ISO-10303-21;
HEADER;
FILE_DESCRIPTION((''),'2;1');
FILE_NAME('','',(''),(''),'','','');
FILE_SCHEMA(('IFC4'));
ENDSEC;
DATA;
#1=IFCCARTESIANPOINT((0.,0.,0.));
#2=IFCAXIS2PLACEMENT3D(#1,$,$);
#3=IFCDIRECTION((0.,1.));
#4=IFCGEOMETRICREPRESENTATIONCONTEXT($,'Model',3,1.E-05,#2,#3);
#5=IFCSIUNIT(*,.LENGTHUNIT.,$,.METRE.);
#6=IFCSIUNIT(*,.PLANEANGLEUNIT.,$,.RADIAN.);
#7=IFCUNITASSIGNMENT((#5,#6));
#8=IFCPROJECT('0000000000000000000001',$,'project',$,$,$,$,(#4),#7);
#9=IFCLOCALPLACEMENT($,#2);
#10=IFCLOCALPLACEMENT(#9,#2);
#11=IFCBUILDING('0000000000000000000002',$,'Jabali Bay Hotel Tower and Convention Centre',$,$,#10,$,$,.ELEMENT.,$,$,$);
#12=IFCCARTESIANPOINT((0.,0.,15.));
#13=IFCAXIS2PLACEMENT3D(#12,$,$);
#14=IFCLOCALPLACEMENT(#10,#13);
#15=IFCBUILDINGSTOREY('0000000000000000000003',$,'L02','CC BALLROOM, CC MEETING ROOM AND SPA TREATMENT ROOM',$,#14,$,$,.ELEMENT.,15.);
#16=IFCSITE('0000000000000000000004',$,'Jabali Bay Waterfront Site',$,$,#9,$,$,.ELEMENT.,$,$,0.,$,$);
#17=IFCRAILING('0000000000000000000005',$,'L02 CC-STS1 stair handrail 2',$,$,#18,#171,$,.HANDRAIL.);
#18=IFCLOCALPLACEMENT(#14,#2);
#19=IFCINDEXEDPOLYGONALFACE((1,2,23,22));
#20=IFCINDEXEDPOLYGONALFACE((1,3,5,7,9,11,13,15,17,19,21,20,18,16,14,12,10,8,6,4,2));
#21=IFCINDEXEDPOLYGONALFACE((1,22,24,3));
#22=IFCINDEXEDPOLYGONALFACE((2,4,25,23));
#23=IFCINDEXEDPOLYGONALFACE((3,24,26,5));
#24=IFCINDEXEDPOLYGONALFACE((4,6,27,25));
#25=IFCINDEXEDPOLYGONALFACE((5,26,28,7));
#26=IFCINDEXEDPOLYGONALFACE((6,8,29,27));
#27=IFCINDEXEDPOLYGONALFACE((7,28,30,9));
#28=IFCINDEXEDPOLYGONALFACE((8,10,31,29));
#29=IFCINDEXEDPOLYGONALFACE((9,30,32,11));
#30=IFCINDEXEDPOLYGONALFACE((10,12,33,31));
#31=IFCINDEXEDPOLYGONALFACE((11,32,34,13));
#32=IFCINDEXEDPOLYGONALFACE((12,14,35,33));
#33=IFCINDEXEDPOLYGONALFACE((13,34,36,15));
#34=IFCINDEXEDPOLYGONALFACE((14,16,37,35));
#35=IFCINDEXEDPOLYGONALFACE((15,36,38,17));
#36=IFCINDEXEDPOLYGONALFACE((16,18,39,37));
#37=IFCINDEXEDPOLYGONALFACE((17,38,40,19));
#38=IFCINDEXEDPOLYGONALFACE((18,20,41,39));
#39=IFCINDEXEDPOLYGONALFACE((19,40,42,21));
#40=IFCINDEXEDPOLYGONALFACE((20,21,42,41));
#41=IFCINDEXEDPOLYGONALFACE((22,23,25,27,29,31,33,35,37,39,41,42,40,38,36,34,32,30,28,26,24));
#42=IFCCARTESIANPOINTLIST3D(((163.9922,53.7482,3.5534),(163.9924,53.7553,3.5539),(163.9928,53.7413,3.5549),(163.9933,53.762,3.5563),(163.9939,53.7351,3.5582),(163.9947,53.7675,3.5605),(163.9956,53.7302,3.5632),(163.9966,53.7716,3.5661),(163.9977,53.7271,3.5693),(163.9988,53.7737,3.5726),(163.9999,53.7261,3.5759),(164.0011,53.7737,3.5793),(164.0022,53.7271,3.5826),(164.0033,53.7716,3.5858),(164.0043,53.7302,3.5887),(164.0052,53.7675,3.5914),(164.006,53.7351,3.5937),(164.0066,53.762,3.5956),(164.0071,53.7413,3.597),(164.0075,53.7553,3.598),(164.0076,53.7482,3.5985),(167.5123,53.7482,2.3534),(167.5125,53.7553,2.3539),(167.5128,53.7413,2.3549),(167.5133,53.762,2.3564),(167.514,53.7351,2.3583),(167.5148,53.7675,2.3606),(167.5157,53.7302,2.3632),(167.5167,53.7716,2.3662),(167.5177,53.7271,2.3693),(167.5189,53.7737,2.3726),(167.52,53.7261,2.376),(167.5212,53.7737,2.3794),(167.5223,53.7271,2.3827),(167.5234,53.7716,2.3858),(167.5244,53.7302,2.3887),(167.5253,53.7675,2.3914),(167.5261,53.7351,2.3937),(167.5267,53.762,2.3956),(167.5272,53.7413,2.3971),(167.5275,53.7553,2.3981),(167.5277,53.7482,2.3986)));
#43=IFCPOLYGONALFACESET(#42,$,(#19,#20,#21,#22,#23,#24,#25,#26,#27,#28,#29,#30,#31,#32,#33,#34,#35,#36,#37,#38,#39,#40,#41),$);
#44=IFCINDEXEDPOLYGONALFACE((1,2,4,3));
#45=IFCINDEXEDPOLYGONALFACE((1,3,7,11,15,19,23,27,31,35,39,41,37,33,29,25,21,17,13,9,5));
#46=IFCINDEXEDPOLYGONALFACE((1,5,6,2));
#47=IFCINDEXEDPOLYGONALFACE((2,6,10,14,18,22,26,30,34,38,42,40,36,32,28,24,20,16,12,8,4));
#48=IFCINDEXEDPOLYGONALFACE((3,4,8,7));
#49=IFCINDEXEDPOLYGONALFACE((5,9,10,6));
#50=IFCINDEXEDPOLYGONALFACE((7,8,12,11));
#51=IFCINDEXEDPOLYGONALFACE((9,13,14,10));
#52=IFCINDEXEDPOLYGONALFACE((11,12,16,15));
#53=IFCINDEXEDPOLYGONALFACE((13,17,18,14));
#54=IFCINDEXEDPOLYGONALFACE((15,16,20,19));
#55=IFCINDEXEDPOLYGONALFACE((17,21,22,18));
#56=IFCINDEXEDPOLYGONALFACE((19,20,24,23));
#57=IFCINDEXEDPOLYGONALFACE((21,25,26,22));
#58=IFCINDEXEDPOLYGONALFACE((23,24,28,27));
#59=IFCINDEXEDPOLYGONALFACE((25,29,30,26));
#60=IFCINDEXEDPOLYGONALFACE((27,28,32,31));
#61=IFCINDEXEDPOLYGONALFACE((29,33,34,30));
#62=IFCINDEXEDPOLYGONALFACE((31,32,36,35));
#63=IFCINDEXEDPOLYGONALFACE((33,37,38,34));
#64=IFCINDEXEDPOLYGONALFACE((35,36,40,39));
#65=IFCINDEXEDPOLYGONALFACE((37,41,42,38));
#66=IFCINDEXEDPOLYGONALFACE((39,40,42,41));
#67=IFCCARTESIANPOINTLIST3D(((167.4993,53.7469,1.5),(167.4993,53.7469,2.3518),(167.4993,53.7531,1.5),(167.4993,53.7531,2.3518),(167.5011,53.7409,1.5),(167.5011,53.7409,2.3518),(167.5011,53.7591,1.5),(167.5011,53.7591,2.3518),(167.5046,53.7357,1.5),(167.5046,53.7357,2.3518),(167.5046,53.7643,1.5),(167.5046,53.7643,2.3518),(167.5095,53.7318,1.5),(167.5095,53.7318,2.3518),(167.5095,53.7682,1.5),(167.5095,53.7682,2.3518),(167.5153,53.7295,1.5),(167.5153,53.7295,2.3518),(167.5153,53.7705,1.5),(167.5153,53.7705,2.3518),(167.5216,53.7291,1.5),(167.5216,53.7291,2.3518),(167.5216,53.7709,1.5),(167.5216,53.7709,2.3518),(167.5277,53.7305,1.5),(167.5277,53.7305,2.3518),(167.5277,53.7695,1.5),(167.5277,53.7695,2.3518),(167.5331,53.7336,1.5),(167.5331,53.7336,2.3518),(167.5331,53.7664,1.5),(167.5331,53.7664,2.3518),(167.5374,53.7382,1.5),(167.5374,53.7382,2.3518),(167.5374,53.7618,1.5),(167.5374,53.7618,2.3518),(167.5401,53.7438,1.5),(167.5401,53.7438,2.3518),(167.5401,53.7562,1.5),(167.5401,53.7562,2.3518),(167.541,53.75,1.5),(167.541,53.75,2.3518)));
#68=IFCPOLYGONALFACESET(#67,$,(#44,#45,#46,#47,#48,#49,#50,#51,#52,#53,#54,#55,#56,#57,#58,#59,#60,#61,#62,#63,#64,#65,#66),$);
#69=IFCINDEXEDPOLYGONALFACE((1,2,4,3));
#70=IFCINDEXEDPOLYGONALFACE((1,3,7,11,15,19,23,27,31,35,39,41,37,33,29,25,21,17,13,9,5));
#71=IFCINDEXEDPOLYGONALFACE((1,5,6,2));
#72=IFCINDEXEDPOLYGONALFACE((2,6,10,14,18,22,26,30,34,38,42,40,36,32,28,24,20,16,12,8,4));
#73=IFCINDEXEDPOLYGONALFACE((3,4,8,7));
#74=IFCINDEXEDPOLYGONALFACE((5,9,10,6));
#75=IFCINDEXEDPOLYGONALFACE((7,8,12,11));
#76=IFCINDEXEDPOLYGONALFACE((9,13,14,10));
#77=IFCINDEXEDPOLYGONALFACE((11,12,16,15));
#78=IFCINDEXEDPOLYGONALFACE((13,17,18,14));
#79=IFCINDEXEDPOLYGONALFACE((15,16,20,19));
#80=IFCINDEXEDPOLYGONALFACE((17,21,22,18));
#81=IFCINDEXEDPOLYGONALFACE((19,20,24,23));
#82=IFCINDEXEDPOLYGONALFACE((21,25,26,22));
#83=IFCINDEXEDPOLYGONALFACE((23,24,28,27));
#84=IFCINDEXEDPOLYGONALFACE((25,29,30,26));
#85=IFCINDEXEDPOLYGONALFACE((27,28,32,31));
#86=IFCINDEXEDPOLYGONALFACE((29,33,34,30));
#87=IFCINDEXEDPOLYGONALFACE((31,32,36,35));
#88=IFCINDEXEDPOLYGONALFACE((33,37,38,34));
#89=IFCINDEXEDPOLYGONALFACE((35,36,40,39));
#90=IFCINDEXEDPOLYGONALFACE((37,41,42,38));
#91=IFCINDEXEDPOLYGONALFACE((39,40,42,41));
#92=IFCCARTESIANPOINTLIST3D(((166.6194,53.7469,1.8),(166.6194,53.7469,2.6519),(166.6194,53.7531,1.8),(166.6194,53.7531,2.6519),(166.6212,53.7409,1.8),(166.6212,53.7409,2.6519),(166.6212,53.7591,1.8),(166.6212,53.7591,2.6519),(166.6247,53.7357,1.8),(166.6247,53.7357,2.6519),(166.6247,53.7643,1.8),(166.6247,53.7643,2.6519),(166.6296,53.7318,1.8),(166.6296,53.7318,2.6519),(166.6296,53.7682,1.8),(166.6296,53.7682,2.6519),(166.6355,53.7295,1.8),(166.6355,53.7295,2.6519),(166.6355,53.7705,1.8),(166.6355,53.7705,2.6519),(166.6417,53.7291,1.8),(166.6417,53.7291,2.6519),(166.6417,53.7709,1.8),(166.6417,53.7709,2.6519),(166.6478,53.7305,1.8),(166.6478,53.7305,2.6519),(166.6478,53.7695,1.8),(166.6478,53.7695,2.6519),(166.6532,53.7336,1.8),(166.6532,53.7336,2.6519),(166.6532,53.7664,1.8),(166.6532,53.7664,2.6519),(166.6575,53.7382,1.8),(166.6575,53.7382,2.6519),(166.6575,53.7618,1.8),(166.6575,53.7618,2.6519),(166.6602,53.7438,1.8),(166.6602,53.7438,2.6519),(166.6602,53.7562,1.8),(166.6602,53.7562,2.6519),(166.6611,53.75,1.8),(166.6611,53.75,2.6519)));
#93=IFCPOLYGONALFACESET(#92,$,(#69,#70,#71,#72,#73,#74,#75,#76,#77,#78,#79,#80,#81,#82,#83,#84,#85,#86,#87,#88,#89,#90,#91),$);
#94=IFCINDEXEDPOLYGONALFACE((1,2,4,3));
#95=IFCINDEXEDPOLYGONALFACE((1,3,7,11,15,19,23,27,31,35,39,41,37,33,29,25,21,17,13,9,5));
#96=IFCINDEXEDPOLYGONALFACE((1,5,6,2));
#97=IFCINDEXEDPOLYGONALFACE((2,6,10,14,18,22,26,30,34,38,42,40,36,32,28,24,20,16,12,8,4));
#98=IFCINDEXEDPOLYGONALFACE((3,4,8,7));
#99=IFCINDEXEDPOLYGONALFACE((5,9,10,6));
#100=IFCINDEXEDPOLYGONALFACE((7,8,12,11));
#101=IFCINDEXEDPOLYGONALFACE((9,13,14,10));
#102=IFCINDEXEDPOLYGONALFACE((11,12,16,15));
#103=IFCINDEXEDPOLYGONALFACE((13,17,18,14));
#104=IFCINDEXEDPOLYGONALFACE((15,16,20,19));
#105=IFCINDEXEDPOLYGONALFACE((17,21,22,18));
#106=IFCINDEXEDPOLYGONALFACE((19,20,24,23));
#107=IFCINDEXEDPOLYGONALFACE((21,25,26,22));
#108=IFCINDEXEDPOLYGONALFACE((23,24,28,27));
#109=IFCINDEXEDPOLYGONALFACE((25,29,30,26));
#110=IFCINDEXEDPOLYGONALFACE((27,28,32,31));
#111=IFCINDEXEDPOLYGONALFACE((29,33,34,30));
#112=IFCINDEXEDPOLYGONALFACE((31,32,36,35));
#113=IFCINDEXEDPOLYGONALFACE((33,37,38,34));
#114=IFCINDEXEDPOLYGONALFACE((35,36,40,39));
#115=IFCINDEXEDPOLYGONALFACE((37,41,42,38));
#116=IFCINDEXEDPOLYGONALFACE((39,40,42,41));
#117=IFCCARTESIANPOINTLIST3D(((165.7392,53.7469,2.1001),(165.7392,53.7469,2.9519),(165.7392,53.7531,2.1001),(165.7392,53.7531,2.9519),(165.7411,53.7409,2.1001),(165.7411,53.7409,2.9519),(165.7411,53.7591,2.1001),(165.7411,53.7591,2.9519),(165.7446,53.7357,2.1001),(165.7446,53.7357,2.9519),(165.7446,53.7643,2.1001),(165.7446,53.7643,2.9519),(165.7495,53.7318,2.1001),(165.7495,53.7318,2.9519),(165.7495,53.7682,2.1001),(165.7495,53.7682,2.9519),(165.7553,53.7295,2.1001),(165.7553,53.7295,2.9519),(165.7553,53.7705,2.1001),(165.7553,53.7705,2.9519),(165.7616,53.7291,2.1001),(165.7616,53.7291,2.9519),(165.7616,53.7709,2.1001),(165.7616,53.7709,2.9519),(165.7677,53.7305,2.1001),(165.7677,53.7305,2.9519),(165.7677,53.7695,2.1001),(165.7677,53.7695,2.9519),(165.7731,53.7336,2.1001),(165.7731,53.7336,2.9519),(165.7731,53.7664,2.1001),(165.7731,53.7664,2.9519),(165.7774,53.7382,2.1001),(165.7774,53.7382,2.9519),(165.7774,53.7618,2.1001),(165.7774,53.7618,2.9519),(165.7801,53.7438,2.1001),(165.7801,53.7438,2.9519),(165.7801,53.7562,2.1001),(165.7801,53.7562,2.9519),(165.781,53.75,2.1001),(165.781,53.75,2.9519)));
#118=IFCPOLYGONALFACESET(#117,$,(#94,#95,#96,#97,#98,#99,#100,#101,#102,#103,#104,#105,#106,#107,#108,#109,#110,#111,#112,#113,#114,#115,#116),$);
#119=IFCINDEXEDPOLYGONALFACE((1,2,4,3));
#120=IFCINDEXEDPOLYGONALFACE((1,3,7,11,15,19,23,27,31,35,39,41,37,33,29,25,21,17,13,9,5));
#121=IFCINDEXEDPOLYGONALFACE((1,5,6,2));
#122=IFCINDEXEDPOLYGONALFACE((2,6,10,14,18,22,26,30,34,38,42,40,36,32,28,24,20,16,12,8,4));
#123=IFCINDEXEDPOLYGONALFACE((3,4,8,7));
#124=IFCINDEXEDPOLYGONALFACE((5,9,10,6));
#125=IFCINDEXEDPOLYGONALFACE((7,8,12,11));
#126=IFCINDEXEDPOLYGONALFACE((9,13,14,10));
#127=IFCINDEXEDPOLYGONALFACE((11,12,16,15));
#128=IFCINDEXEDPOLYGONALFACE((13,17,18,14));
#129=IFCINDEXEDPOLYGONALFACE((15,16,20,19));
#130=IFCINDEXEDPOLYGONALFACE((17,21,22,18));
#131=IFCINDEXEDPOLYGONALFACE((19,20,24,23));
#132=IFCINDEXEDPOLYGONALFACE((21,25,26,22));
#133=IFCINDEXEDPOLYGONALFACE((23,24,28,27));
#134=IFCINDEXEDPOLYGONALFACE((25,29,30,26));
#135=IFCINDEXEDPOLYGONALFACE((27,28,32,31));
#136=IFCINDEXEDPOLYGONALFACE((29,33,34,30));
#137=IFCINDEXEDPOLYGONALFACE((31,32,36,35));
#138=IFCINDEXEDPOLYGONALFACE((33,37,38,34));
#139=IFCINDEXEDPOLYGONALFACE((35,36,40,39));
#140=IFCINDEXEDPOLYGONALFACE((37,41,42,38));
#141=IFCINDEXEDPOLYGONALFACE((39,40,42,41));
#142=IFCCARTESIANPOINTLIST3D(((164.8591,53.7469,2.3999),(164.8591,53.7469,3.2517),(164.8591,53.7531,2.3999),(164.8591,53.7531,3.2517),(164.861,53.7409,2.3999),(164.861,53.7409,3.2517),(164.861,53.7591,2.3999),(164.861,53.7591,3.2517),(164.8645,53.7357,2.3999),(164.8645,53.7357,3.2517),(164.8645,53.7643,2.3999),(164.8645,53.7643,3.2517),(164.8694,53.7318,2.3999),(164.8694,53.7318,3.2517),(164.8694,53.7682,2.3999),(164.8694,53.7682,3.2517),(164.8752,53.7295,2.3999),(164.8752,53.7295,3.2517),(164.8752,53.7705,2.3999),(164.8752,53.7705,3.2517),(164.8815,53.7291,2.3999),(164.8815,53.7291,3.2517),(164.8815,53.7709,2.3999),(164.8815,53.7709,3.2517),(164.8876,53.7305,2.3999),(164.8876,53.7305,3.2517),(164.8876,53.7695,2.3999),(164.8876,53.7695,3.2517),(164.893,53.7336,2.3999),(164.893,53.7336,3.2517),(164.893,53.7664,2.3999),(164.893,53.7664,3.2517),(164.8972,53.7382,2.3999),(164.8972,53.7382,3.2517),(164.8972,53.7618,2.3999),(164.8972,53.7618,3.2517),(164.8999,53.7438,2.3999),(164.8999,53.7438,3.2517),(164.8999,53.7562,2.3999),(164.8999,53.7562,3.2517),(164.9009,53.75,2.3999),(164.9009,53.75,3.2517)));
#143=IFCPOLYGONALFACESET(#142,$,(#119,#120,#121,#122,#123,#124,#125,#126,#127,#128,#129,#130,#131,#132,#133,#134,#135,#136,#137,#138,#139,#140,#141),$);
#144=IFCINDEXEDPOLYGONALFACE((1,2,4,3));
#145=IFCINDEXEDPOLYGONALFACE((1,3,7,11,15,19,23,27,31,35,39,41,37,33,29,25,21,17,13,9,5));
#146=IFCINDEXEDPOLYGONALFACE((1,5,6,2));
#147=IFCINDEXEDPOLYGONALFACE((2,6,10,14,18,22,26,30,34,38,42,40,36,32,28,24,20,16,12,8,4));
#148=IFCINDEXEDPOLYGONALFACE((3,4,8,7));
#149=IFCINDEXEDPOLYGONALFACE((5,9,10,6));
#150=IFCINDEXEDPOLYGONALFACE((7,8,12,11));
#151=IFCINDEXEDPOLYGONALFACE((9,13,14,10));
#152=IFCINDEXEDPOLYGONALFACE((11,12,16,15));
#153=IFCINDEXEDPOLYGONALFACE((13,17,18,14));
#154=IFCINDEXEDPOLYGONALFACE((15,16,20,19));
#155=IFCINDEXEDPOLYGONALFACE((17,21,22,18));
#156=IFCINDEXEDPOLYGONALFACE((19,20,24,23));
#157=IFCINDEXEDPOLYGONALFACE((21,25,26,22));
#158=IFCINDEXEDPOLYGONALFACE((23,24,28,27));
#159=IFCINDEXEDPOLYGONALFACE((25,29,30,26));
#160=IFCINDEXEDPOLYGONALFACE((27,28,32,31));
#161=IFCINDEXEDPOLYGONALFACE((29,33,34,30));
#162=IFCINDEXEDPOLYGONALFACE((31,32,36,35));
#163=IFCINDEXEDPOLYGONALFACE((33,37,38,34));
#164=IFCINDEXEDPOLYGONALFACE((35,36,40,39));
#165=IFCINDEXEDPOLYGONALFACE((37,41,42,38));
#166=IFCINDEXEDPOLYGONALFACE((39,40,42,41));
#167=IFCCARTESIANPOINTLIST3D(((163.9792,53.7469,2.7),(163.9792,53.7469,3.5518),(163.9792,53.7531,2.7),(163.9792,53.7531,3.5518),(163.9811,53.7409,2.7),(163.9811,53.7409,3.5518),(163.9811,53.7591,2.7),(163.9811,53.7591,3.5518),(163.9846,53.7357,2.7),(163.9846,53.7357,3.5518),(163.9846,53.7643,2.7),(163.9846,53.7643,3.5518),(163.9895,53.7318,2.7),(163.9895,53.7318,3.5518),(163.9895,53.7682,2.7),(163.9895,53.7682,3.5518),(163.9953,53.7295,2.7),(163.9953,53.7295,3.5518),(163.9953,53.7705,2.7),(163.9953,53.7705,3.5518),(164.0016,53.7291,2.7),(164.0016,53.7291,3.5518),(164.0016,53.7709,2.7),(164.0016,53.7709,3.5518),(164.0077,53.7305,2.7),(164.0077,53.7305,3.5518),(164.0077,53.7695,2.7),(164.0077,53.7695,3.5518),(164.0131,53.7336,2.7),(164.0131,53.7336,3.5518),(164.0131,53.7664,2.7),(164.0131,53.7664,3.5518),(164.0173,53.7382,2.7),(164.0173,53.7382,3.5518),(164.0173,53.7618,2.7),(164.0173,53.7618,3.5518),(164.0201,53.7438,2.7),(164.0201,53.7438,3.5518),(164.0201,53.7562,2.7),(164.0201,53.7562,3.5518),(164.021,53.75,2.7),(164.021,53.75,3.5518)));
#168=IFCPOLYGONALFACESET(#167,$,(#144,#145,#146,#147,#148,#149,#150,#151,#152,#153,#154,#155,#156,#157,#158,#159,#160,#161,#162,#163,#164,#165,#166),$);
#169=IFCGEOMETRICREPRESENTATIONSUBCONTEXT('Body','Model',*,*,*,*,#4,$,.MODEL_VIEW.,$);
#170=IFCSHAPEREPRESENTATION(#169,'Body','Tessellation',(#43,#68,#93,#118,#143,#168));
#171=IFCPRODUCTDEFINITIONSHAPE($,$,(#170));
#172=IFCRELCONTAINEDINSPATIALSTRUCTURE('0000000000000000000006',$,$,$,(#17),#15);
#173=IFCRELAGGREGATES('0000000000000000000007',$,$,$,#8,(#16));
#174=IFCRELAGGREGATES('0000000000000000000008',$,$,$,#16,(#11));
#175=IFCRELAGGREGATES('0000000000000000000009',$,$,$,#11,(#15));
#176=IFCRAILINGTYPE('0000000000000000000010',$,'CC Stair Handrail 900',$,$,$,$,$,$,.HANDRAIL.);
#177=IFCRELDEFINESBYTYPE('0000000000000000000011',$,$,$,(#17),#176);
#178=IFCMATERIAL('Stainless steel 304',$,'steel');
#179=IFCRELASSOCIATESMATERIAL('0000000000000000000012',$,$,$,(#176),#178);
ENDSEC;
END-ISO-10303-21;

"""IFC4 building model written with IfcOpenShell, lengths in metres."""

from ifc_helpers import new_model, si_unit, direction, frame, origin, origin_2d, place, context, subcontext, project, spatial, circle, extrude, material, type_object, element, save


model = new_model("IFC4")

# Units and contexts
model_context = context("Model", 3, precision=1e-05, world=origin(), true_north=direction((0.0, 1.0)))
body_context = subcontext(model_context, "Body", "Model", "MODEL_VIEW")
ifc_project = project(units=[si_unit("LENGTHUNIT", "METRE"), si_unit("PLANEANGLEUNIT", "RADIAN")], contexts=[model_context])

# Site, building, storey
site_placement = place(None, origin())
site = spatial("IfcSite", under=ifc_project, at=site_placement, Name="Jabali Bay Waterfront Site", CompositionType="ELEMENT", RefElevation=0.0)
building_placement = place(site_placement, origin())
building = spatial("IfcBuilding", under=site, at=building_placement, Name="Jabali Bay Hotel Tower and Convention Centre", CompositionType="ELEMENT")
storey_placement = place(building_placement, frame((0.0, 0.0, 15.0)))
storey = spatial("IfcBuildingStorey", under=building, at=storey_placement, Name="L02", Description="CC BALLROOM, CC MEETING ROOM AND SPA TREATMENT ROOM", CompositionType="ELEMENT", Elevation=15.0)

# Railing
ifc_material_1 = material(Name="Stainless steel 304", Category="steel")
railing_type_1 = type_object("IfcRailingType", Name="CC Stair Handrail 900", PredefinedType="HANDRAIL", material=ifc_material_1)
for number, where, name in (
    (1, (167.52, 53.75, 1.5), "L02 CC-STS1 stair handrail 2"),
):
    element("IfcRailing", number, at=place(storey_placement, frame(where)), inside=storey, type_object=railing_type_1, Name=name, PredefinedType="HANDRAIL", context=body_context, shape_type="SweptSolid", body=[
        extrude(circle(Radius=0.0239, at=origin_2d()), frame((0.0, 0.0, 0.876), z_axis=(-0.946515, 0.0, 0.322661), x_axis=(0.0, -1.0, 0.0)), (0.0, 0.0, 1.0), 3.719),
        extrude(circle(Radius=0.021, at=origin_2d()), origin(), (0.0, 0.0, 1.0), 0.8518),
        extrude(circle(Radius=0.021, at=origin_2d()), frame((-0.8799, 0.0, 0.3)), (0.0, 0.0, 1.0), 0.8518),
        extrude(circle(Radius=0.021, at=origin_2d()), frame((-1.76, 0.0, 0.6001)), (0.0, 0.0, 1.0), 0.8518),
        extrude(circle(Radius=0.021, at=origin_2d()), frame((-2.6401, 0.0, 0.8999)), (0.0, 0.0, 1.0), 0.8518),
        extrude(circle(Radius=0.021, at=origin_2d()), frame((-3.52, 0.0, 1.2)), (0.0, 0.0, 1.0), 0.8518),
    ])

save(model, "model.ifc")
